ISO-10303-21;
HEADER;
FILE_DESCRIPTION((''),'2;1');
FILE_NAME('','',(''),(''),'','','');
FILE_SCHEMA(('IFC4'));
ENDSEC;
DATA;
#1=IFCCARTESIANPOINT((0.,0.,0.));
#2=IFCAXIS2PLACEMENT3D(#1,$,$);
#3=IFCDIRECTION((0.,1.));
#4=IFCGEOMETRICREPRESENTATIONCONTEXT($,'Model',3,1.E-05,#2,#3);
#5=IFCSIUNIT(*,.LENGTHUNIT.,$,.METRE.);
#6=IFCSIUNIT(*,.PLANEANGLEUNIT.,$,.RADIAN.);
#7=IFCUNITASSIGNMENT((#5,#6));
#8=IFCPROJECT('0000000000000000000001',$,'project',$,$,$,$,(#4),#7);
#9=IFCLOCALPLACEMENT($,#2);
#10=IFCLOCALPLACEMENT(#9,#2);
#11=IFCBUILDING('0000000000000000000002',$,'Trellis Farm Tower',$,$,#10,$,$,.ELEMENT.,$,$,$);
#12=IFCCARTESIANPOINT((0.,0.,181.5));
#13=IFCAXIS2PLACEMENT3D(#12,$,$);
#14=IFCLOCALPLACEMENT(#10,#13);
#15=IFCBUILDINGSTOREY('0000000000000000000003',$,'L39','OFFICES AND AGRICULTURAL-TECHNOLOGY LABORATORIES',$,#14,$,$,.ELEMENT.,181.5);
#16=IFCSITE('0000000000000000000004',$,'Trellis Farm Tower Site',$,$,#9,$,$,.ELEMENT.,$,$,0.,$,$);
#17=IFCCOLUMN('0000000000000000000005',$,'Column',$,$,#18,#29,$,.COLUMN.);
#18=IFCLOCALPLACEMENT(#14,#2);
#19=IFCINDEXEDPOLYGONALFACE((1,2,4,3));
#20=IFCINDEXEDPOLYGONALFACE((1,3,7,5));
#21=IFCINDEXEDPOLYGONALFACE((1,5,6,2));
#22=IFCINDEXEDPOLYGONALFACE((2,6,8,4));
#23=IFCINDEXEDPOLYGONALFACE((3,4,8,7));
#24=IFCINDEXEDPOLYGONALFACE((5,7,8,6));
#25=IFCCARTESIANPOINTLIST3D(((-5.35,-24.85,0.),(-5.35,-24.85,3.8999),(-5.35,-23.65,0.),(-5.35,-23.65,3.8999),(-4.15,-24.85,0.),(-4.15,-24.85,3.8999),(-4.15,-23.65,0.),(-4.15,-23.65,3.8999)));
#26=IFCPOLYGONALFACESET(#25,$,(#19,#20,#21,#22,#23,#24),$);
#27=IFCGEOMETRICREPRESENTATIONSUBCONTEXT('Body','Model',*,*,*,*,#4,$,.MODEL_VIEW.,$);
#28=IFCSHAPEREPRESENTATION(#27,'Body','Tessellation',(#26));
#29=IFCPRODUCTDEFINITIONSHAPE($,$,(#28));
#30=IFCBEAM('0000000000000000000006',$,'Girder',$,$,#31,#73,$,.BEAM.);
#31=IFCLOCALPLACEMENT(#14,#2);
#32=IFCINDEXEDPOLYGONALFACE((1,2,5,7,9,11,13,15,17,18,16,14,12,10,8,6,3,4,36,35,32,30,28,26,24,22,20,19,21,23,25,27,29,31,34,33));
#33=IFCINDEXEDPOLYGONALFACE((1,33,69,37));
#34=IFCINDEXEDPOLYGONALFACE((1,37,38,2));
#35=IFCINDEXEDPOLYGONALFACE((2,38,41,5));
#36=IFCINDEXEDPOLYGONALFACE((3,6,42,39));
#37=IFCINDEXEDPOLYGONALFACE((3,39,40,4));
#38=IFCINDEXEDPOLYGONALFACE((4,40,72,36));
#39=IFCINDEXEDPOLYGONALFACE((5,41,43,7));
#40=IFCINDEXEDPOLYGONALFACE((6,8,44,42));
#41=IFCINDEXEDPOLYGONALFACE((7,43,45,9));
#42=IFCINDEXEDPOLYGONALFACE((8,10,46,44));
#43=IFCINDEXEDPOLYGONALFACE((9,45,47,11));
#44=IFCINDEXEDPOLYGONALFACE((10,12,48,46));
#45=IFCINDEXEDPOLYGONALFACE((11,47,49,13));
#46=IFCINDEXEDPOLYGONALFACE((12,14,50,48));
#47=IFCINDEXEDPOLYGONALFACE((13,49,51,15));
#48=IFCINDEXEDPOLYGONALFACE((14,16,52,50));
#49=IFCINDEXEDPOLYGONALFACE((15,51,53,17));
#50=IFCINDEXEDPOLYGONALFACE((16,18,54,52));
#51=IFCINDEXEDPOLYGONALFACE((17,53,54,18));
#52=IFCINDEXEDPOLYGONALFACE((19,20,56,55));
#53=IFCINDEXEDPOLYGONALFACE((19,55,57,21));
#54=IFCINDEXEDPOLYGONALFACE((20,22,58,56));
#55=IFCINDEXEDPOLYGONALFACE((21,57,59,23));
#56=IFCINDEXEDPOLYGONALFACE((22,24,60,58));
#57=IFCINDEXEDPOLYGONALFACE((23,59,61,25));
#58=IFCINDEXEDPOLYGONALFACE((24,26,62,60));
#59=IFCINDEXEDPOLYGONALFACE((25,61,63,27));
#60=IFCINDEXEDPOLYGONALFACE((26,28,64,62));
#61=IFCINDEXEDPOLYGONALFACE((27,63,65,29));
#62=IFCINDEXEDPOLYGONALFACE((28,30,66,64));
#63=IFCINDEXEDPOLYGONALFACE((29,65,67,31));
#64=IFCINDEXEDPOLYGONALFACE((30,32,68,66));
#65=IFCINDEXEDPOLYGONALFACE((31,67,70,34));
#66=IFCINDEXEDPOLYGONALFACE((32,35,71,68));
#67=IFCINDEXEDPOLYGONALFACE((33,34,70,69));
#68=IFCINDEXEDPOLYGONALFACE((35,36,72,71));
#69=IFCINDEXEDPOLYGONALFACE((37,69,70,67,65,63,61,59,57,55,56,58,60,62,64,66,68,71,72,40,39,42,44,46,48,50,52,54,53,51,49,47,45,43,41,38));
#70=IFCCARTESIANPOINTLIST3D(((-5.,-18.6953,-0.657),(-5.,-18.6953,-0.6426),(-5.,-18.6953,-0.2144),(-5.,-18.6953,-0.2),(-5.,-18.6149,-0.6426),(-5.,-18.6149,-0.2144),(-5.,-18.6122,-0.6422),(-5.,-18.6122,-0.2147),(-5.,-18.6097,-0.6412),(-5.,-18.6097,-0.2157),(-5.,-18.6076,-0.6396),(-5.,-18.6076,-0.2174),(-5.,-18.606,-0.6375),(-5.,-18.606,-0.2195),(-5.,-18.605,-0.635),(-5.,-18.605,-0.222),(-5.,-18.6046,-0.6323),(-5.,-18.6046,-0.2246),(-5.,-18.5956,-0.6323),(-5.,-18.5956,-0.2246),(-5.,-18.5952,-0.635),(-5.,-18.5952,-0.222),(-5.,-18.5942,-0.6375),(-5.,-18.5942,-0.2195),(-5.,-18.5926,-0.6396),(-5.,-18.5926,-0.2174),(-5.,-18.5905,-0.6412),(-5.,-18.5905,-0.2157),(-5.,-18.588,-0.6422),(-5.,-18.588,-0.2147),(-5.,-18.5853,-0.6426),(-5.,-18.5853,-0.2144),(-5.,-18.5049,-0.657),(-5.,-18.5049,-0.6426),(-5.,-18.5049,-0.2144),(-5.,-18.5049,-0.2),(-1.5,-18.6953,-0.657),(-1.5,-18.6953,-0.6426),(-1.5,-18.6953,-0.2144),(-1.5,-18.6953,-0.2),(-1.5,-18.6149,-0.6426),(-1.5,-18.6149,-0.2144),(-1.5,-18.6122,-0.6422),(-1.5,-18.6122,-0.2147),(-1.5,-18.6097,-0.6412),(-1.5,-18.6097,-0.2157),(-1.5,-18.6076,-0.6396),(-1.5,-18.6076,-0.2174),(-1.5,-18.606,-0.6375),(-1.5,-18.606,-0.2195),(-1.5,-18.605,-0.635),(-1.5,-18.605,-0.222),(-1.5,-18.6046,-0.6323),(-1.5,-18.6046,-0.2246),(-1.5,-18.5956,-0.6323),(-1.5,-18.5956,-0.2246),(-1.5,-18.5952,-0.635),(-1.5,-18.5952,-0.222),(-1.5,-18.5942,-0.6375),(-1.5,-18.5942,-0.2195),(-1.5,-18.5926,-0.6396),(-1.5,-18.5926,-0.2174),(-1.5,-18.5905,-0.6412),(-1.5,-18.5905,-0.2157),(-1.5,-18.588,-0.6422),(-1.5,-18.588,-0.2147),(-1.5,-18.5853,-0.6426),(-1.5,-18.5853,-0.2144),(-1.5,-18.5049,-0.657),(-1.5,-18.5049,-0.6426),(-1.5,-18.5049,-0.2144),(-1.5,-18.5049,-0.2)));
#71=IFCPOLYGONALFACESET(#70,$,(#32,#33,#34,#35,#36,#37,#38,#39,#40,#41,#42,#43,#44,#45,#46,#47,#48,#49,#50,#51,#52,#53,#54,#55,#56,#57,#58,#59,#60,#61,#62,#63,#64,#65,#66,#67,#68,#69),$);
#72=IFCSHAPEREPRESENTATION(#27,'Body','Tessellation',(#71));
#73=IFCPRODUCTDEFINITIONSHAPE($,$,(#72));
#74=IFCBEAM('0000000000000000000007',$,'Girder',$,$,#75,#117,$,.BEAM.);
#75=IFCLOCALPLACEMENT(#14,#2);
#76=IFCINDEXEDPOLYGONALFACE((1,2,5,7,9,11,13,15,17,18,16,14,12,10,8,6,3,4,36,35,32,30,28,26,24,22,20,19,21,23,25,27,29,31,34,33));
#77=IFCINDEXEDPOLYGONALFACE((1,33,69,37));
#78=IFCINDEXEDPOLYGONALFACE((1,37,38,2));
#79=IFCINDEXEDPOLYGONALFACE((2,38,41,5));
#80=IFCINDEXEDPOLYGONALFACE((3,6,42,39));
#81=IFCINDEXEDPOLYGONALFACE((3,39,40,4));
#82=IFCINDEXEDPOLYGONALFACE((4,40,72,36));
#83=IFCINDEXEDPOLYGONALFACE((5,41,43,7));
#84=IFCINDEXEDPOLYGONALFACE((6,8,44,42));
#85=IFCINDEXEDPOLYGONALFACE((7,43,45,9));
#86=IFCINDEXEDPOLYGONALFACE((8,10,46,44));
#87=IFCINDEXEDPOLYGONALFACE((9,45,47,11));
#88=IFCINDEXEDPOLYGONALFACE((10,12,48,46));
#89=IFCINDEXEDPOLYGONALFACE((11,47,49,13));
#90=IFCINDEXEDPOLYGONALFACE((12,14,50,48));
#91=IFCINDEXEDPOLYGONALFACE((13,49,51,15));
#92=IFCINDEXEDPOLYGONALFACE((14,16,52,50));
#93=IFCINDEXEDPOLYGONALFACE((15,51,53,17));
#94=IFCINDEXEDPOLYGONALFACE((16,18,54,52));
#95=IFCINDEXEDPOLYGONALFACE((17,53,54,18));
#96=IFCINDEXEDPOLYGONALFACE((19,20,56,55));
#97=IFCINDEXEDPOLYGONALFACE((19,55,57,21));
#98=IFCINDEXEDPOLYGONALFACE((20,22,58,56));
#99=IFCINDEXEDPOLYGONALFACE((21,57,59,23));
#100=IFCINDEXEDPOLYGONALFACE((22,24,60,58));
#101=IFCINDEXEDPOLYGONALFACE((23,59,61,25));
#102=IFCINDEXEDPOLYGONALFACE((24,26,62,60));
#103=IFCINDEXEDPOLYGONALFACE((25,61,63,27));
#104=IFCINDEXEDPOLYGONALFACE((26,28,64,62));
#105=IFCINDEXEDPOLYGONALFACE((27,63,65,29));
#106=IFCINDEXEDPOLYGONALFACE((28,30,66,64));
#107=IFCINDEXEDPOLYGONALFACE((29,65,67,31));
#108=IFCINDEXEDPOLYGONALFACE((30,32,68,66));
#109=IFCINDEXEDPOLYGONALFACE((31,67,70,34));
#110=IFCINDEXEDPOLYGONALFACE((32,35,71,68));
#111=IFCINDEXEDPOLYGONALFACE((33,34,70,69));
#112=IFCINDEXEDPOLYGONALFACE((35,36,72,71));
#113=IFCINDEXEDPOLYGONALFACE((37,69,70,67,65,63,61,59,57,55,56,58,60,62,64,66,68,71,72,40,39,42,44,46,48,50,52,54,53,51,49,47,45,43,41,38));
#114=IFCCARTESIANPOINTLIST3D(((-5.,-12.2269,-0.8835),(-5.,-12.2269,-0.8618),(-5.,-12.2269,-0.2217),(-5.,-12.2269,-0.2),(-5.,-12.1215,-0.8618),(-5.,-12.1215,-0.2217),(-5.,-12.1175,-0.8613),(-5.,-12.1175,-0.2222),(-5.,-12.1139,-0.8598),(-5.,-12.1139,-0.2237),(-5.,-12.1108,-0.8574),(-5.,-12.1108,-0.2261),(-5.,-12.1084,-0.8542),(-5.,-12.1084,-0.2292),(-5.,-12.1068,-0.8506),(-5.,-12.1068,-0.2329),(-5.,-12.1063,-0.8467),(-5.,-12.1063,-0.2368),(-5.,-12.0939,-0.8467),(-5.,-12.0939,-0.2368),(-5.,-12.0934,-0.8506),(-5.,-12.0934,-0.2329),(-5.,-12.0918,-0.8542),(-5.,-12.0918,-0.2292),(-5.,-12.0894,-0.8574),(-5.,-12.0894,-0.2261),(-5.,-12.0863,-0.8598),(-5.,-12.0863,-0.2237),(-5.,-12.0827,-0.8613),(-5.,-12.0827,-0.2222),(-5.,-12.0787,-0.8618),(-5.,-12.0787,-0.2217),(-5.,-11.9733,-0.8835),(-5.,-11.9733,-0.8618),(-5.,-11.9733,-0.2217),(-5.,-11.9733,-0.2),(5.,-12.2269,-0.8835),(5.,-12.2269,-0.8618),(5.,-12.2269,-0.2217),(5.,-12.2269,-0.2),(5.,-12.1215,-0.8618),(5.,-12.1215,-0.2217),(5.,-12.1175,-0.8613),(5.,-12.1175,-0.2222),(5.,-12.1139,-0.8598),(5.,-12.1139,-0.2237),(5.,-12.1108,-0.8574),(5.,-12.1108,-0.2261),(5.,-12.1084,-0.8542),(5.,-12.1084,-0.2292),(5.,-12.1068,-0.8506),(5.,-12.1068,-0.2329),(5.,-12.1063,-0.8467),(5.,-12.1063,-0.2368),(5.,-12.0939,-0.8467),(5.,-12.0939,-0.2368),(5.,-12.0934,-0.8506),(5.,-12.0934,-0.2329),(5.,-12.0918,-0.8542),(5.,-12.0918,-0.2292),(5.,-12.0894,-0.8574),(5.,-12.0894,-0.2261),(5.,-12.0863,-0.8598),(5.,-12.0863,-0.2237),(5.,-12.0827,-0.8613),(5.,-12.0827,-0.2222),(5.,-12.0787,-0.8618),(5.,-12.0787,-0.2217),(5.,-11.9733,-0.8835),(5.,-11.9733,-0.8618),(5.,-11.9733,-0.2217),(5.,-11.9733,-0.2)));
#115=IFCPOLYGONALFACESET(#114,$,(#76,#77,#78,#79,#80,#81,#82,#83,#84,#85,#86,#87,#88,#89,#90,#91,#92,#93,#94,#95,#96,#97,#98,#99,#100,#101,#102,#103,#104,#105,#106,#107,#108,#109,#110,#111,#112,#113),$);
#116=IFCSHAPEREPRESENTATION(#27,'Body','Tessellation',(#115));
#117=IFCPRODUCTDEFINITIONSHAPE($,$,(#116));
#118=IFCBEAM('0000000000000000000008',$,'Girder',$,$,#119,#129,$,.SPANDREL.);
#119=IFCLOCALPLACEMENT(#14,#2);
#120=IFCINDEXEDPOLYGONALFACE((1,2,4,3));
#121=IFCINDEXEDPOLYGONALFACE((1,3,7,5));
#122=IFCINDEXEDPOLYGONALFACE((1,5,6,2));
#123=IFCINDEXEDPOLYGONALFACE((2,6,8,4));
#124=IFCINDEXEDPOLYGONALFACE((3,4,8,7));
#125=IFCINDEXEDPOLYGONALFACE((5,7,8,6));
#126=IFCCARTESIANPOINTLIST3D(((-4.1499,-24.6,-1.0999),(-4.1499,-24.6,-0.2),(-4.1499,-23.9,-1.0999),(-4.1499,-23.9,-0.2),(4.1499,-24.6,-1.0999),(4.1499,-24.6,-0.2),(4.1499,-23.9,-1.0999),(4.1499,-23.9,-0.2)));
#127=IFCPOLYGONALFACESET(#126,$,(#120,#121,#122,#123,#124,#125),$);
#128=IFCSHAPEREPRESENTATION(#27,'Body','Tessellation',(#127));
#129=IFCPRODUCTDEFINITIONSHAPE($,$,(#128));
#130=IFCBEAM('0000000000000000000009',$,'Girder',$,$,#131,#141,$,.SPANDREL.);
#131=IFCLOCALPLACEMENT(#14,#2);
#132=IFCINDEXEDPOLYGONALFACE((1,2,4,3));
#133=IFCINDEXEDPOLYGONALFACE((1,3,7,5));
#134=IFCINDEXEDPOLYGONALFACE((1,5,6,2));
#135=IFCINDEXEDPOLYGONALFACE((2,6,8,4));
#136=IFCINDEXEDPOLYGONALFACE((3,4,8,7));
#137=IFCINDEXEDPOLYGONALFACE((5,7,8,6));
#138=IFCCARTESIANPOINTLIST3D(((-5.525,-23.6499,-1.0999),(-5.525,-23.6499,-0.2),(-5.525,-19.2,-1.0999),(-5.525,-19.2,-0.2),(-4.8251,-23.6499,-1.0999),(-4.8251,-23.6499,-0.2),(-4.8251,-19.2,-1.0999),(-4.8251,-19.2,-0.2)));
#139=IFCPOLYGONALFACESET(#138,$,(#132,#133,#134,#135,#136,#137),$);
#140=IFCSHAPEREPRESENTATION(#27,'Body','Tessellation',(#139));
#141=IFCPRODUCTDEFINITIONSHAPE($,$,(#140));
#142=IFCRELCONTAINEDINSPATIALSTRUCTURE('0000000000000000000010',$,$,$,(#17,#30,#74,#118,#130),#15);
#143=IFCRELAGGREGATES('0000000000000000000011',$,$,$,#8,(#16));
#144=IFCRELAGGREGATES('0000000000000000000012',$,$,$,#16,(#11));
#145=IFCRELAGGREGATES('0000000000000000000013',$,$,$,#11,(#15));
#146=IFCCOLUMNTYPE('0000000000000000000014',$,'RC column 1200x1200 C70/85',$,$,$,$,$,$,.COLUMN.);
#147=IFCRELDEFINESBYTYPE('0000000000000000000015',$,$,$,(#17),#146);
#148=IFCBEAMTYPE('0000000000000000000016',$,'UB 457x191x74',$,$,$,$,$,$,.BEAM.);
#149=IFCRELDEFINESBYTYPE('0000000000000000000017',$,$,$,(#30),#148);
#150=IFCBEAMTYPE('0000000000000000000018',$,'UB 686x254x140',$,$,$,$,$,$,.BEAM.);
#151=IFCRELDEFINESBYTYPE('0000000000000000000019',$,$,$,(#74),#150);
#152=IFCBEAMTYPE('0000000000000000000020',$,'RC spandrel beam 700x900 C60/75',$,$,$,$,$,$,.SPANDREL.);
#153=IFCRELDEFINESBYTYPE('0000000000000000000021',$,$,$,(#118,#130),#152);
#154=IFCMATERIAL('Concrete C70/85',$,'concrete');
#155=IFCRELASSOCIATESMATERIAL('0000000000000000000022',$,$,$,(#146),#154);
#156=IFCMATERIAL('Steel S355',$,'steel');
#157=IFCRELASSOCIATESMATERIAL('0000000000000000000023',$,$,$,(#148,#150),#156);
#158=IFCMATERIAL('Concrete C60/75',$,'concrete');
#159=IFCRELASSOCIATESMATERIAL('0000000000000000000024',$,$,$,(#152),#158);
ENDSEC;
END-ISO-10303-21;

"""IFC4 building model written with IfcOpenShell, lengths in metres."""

from ifc_helpers import new_model, si_unit, direction, frame, origin, origin_2d, place, context, subcontext, project, spatial, rectangle, i_section, extrude, source, transform, mapped, material, material_profile, profile_set, type_object, element, save


model = new_model("IFC4")

# Units and contexts
model_context = context("Model", 3, precision=1e-05, world=origin(), true_north=direction((0.0, 1.0)))
body_context = subcontext(model_context, "Body", "Model", "MODEL_VIEW")
ifc_project = project(units=[si_unit("LENGTHUNIT", "METRE"), si_unit("PLANEANGLEUNIT", "RADIAN")], contexts=[model_context])

# Site, building, storey
site_placement = place(None, origin())
site = spatial("IfcSite", under=ifc_project, at=site_placement, Name="Trellis Farm Tower Site", CompositionType="ELEMENT", RefElevation=0.0)
building_placement = place(site_placement, origin())
building = spatial("IfcBuilding", under=site, at=building_placement, Name="Trellis Farm Tower", CompositionType="ELEMENT")
storey_placement = place(building_placement, frame((0.0, 0.0, 181.5)))
storey = spatial("IfcBuildingStorey", under=building, at=storey_placement, Name="L39", Description="OFFICES AND AGRICULTURAL-TECHNOLOGY LABORATORIES", CompositionType="ELEMENT", Elevation=181.5)

# Column
ifc_material_1 = material(Name="Concrete C70/85", Category="concrete")
ifc_material_profile_1 = material_profile(ifc_material_1, rectangle(XDim=1.2, YDim=1.2, at=origin_2d()), Name="RC column 1200x1200 C70/85")
ifc_profile_set_1 = profile_set([ifc_material_profile_1], Name="Concrete C70/85")
column_type = type_object("IfcColumnType", Name="RC column 1200x1200 C70/85", PredefinedType="COLUMN", material=ifc_profile_set_1)
shared_shape_1 = source(origin(), body_context, "Body", "SweptSolid", [
    extrude(rectangle(XDim=1.2, YDim=1.2, at=origin_2d()), origin(), (0.0, 0.0, 1.0), 3.8999),
])
column_placement = place(storey_placement, frame((-4.75, -24.25, 0.0), z_axis=(0.0, 0.0, 1.0), x_axis=(1.0, 0.0, 0.0)))
element("IfcColumn", 1, at=column_placement, inside=storey, type_object=column_type, Name="Column", PredefinedType="COLUMN", context=body_context, shape_type="MappedRepresentation", body=[
    mapped(shared_shape_1, transform((0.0, 0.0, 0.0))),
])

# Beams
ifc_material_2 = material(Name="Steel S355", Category="steel")
ifc_material_profile_2 = material_profile(ifc_material_2, i_section(OverallWidth=0.1904, OverallDepth=0.457, WebThickness=0.009, FlangeThickness=0.0144, FilletRadius=0.0103, at=origin_2d()), Name="UB 457x191x74")
ifc_profile_set_2 = profile_set([ifc_material_profile_2], Name="Steel S355")
beam_type_1 = type_object("IfcBeamType", Name="UB 457x191x74", PredefinedType="BEAM", material=ifc_profile_set_2)
shared_shape_2 = source(origin(), body_context, "Body", "SweptSolid", [
    extrude(i_section(OverallWidth=0.1904, OverallDepth=0.457, WebThickness=0.009, FlangeThickness=0.0144, FilletRadius=0.0103, at=origin_2d()), origin(), (0.0, 0.0, 1.0), 3.5),
])
beam_1_placement = place(storey_placement, frame((-5.0, -18.6001, -0.4285), z_axis=(1.0, 0.0, 0.0), x_axis=(0.0, 1.0, 0.0)))
element("IfcBeam", 2, at=beam_1_placement, inside=storey, type_object=beam_type_1, Name="Girder", PredefinedType="BEAM", context=body_context, shape_type="MappedRepresentation", body=[
    mapped(shared_shape_2, transform((0.0, 0.0, 0.0))),
])
ifc_material_profile_3 = material_profile(ifc_material_2, i_section(OverallWidth=0.2537, OverallDepth=0.6836, WebThickness=0.0125, FlangeThickness=0.0217, FilletRadius=0.0151, at=origin_2d()), Name="UB 686x254x140")
ifc_profile_set_3 = profile_set([ifc_material_profile_3], Name="Steel S355")
beam_type_2 = type_object("IfcBeamType", Name="UB 686x254x140", PredefinedType="BEAM", material=ifc_profile_set_3)
shared_shape_3 = source(origin(), body_context, "Body", "SweptSolid", [
    extrude(i_section(OverallWidth=0.2537, OverallDepth=0.6836, WebThickness=0.0125, FlangeThickness=0.0217, FilletRadius=0.0151, at=origin_2d()), origin(), (0.0, 0.0, 1.0), 10.0),
])
beam_2_placement = place(storey_placement, frame((-5.0, -12.1001, -0.5417), z_axis=(1.0, 0.0, 0.0), x_axis=(0.0, 1.0, 0.0)))
element("IfcBeam", 3, at=beam_2_placement, inside=storey, type_object=beam_type_2, Name="Girder", PredefinedType="BEAM", context=body_context, shape_type="MappedRepresentation", body=[
    mapped(shared_shape_3, transform((0.0, 0.0, 0.0))),
])
ifc_material_3 = material(Name="Concrete C60/75", Category="concrete")
ifc_material_profile_4 = material_profile(ifc_material_3, rectangle(XDim=0.7, YDim=0.8999, at=origin_2d()), Name="RC spandrel beam 700x900 C60/75")
ifc_profile_set_4 = profile_set([ifc_material_profile_4], Name="Concrete C60/75")
beam_type_3 = type_object("IfcBeamType", Name="RC spandrel beam 700x900 C60/75", PredefinedType="SPANDREL", material=ifc_profile_set_4)
shared_shape_4 = source(origin(), body_context, "Body", "SweptSolid", [
    extrude(rectangle(XDim=0.7, YDim=0.8999, at=origin_2d()), origin(), (0.0, 0.0, 1.0), 8.2998),
])
beam_3_placement = place(storey_placement, frame((-4.1499, -24.25, -0.6499), z_axis=(1.0, 0.0, 0.0), x_axis=(0.0, 1.0, 0.0)))
element("IfcBeam", 4, at=beam_3_placement, inside=storey, type_object=beam_type_3, Name="Girder", PredefinedType="SPANDREL", context=body_context, shape_type="MappedRepresentation", body=[
    mapped(shared_shape_4, transform((0.0, 0.0, 0.0))),
])
shared_shape_5 = source(origin(), body_context, "Body", "SweptSolid", [
    extrude(rectangle(XDim=0.7, YDim=0.8999, at=origin_2d()), origin(), (0.0, 0.0, 1.0), 4.45),
])
beam_4_placement = place(storey_placement, frame((-5.175, -23.6499, -0.6499), z_axis=(0.0, 1.0, 0.0), x_axis=(-1.0, 0.0, 0.0)))
element("IfcBeam", 5, at=beam_4_placement, inside=storey, type_object=beam_type_3, Name="Girder", PredefinedType="SPANDREL", context=body_context, shape_type="MappedRepresentation", body=[
    mapped(shared_shape_5, transform((0.0, 0.0, 0.0))),
])

save(model, "model.ifc")
